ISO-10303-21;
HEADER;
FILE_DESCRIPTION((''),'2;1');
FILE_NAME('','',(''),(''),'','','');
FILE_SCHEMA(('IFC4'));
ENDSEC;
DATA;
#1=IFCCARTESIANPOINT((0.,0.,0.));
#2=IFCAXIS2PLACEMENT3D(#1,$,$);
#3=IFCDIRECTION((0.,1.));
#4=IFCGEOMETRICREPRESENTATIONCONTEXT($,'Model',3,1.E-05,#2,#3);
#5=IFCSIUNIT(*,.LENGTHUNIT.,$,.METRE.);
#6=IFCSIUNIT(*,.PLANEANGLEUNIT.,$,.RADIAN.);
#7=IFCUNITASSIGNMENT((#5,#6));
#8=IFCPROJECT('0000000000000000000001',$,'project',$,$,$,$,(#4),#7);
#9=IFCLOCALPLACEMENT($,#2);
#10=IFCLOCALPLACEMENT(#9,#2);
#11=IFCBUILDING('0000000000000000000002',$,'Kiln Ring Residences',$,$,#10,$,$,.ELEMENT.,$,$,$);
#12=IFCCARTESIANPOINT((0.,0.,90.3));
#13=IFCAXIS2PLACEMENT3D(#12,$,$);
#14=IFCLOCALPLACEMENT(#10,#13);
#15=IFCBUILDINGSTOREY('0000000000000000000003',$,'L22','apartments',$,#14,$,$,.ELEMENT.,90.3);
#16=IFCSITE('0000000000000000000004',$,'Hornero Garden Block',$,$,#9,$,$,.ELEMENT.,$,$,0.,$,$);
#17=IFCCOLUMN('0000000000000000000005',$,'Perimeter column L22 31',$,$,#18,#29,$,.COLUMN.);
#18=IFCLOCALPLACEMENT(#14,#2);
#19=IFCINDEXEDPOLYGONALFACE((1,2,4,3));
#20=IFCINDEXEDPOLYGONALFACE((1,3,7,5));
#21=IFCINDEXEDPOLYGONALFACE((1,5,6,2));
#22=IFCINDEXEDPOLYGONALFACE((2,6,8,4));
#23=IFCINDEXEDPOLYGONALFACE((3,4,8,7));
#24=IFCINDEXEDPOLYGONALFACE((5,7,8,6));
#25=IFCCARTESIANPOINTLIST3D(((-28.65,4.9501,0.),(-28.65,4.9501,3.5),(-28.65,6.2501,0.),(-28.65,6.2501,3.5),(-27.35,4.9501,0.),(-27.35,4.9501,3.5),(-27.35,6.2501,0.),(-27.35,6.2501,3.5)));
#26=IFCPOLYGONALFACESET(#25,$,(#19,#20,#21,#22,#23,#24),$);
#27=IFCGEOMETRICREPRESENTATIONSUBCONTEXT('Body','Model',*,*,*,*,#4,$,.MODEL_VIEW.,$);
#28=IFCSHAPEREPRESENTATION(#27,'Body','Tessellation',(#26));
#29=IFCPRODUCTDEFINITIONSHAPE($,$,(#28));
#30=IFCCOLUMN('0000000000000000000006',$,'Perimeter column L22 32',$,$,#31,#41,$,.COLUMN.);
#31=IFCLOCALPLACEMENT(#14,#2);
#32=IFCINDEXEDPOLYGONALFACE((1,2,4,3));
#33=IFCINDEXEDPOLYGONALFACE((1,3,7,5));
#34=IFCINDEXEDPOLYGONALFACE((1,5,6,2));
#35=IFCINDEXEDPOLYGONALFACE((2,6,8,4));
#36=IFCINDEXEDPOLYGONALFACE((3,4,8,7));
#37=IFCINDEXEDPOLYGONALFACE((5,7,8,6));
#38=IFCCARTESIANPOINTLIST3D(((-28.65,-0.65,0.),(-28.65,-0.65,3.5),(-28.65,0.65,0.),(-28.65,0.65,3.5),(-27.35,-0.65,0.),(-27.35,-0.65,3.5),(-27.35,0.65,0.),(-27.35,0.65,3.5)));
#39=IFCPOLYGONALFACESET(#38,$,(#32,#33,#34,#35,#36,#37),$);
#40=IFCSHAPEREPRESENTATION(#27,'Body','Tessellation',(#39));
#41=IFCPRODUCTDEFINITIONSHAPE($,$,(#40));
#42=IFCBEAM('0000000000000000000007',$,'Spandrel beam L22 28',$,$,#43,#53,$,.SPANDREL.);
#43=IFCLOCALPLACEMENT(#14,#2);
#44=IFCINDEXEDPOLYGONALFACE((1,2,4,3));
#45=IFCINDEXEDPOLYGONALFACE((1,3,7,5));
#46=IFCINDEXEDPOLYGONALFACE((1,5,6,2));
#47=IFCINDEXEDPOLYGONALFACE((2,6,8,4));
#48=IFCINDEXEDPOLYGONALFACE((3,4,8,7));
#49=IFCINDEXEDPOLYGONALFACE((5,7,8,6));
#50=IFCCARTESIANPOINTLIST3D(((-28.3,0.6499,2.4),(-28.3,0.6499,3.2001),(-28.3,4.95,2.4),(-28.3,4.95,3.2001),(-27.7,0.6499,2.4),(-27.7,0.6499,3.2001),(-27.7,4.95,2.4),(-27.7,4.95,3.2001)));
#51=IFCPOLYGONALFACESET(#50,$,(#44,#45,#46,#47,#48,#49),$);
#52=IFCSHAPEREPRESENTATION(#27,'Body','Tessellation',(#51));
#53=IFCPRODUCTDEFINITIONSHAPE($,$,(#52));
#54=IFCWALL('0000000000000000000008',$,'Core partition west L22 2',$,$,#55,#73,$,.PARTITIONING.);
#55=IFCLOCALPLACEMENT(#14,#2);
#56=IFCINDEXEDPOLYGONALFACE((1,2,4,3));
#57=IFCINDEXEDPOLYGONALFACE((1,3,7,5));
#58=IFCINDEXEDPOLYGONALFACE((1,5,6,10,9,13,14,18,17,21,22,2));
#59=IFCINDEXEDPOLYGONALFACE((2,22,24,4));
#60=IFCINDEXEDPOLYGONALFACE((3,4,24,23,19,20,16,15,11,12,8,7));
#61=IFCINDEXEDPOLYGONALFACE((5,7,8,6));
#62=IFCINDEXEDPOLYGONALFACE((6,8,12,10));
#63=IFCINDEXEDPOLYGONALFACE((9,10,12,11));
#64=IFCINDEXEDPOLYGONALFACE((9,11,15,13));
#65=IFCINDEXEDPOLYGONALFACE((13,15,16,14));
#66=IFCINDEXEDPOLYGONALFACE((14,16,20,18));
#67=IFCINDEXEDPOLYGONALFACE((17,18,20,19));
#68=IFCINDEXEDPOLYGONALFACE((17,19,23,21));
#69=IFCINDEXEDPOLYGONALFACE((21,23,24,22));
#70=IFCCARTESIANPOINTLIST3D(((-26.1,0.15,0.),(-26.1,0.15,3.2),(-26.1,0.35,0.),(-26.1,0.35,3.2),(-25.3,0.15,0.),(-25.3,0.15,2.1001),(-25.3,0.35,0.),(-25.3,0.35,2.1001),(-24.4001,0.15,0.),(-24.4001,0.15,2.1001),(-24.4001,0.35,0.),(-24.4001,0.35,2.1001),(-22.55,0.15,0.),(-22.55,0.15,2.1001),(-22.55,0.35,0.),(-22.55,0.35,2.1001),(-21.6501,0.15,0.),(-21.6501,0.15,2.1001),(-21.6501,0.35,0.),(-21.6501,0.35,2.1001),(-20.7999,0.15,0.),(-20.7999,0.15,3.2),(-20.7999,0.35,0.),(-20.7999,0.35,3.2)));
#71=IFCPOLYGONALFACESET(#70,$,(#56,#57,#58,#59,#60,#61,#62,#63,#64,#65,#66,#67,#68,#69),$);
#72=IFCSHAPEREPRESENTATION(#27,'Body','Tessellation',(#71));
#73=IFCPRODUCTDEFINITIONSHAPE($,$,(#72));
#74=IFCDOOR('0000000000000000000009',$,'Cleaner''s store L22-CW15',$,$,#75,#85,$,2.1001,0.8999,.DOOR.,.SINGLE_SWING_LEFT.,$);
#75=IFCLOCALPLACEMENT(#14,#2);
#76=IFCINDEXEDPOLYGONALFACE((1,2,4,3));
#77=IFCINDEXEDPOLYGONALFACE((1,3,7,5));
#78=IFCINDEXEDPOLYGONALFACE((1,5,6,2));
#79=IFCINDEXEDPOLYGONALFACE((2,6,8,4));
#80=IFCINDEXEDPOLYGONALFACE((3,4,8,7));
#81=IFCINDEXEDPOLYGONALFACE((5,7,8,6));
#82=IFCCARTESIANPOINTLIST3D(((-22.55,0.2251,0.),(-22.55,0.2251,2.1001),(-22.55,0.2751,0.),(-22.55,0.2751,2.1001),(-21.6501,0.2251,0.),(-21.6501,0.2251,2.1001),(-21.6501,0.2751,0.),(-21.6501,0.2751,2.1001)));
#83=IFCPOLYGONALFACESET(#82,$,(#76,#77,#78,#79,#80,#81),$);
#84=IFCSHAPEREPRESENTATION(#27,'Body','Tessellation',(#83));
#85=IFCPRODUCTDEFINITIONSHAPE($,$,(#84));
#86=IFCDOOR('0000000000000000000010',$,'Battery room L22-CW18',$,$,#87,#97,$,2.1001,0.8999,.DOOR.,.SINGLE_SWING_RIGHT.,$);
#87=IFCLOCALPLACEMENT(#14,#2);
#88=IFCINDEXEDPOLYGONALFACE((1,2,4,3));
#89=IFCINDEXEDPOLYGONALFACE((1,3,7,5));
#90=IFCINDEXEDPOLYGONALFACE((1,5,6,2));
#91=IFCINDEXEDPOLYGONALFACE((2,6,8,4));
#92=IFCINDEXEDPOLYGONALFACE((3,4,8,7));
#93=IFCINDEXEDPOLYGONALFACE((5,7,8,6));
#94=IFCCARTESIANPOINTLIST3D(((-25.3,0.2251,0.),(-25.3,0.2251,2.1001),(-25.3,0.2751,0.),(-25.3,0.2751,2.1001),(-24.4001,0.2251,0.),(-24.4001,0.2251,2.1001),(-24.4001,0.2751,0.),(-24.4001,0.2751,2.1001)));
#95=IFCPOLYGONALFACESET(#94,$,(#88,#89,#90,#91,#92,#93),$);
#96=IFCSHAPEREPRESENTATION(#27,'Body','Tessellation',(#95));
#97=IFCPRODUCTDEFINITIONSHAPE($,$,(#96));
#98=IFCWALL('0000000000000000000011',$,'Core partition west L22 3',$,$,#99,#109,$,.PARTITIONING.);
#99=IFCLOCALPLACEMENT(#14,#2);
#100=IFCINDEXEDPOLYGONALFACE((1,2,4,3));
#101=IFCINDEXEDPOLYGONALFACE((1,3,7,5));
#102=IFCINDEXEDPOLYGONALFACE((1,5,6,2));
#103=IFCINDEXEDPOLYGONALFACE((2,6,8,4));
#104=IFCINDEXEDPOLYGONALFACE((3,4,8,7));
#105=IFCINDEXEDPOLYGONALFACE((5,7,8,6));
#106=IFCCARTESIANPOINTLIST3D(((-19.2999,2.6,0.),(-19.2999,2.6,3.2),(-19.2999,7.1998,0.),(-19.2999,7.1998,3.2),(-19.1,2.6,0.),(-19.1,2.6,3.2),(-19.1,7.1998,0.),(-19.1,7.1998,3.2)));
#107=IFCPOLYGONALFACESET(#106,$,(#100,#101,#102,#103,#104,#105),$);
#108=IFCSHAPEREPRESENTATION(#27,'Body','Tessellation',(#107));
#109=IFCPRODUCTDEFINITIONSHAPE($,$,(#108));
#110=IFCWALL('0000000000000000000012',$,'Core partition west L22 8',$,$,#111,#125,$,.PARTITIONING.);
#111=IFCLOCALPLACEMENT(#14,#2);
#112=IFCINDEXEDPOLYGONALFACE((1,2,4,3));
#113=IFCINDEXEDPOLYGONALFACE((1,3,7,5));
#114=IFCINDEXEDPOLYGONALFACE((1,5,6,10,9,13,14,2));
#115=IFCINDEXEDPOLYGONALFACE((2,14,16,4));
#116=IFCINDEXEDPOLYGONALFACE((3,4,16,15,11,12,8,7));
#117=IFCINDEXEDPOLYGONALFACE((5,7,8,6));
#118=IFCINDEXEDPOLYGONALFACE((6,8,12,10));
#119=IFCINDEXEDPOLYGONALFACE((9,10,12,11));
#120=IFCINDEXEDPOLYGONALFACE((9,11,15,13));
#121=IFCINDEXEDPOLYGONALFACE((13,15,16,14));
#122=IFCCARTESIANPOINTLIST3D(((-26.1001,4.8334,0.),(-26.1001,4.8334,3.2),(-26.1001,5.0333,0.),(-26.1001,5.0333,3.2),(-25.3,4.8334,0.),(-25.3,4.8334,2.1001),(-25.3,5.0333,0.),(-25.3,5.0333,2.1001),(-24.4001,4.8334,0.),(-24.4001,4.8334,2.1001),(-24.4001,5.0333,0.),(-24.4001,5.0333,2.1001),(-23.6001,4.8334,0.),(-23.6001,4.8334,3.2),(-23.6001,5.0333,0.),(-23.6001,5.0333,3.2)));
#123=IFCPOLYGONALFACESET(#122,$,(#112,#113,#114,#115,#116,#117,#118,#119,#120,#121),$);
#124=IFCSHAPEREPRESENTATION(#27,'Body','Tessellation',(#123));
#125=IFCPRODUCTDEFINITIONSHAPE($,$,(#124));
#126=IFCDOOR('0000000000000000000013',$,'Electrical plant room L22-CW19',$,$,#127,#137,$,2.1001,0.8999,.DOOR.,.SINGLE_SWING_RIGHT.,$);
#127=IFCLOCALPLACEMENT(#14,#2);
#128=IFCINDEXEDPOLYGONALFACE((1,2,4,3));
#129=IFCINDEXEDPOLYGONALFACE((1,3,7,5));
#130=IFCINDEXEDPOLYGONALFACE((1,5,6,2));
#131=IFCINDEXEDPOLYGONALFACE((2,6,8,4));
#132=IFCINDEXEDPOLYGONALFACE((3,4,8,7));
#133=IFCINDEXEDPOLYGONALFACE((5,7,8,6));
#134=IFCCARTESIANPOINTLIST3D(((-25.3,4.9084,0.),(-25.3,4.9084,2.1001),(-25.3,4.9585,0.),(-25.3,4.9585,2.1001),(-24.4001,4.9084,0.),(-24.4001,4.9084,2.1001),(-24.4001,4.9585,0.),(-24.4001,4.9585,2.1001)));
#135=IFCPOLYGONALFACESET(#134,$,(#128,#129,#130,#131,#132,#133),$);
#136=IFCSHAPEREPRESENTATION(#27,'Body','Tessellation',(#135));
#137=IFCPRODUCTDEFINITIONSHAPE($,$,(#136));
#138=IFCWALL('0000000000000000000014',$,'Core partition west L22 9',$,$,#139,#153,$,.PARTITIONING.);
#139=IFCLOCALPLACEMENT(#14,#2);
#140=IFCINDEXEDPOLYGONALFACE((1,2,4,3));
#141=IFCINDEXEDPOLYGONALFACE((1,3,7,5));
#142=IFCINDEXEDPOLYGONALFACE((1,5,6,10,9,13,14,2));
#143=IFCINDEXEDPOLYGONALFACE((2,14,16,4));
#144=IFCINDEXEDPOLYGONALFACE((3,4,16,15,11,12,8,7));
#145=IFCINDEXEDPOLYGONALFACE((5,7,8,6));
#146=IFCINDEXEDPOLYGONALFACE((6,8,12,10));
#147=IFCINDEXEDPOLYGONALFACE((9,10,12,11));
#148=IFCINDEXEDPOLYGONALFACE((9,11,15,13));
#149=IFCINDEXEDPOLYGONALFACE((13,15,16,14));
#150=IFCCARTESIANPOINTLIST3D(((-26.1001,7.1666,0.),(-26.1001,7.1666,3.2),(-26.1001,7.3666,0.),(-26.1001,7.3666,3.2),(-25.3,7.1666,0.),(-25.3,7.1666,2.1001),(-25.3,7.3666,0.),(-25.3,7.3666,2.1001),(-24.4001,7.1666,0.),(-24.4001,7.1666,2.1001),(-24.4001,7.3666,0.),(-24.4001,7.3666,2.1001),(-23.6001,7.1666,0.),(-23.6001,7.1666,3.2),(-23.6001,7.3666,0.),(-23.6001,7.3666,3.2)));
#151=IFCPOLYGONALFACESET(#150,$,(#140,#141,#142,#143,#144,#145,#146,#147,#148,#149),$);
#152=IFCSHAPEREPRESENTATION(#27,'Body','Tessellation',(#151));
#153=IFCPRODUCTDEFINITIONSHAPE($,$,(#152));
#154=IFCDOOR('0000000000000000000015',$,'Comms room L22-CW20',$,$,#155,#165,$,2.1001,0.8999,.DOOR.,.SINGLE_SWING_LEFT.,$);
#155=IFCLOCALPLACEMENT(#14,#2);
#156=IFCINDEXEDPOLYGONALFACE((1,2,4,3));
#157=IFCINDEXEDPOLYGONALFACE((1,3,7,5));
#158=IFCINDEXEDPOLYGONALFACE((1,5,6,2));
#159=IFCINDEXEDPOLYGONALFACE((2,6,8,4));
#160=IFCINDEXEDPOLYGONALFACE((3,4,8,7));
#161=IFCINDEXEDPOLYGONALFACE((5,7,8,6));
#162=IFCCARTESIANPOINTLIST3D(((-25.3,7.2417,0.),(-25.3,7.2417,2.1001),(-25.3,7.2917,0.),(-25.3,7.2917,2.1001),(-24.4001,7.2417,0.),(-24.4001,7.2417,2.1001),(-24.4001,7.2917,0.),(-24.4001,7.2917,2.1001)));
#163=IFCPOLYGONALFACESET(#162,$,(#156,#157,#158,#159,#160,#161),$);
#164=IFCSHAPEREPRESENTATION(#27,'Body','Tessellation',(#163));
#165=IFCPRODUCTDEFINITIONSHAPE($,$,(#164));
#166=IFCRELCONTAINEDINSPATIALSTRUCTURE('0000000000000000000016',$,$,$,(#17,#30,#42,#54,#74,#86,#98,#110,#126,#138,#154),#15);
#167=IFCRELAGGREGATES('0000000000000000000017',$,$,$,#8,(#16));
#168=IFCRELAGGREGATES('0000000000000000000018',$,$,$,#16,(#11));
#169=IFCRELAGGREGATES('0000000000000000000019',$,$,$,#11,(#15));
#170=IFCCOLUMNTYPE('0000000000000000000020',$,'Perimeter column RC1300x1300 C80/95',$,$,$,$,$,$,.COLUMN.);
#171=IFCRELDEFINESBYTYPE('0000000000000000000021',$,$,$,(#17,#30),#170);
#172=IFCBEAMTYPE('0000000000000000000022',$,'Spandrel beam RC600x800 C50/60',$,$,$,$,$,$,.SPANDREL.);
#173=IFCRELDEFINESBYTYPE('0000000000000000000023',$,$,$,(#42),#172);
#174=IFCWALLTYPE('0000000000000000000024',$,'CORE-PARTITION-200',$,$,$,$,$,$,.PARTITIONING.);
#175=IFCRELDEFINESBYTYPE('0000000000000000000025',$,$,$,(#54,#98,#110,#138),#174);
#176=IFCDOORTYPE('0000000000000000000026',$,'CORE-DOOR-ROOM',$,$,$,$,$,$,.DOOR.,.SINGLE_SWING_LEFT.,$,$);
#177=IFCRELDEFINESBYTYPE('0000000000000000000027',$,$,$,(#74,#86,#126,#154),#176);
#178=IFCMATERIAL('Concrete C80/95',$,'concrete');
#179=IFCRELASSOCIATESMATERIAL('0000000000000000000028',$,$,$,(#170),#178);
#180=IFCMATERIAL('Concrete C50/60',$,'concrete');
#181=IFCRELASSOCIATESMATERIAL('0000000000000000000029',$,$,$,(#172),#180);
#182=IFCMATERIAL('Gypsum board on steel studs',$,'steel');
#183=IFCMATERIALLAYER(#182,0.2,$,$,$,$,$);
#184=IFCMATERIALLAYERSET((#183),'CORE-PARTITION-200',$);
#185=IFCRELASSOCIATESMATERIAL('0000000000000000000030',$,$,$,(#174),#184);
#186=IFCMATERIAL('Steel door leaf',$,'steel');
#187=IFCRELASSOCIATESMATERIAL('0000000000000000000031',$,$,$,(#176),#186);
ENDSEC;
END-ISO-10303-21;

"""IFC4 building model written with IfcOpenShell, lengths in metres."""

from ifc_helpers import new_model, si_unit, direction, frame, frame_2d, origin, origin_2d, place, context, subcontext, project, spatial, rectangle, extrude, material, layer, layer_set, material_profile, profile_set, type_object, element, fill, save


model = new_model("IFC4")

# Units and contexts
model_context = context("Model", 3, precision=1e-05, world=origin(), true_north=direction((0.0, 1.0)))
body_context = subcontext(model_context, "Body", "Model", "MODEL_VIEW")
ifc_project = project(units=[si_unit("LENGTHUNIT", "METRE"), si_unit("PLANEANGLEUNIT", "RADIAN")], contexts=[model_context])

# Site, building, storey
site_placement = place(None, origin())
site = spatial("IfcSite", under=ifc_project, at=site_placement, Name="Hornero Garden Block", CompositionType="ELEMENT", RefElevation=0.0)
building_placement = place(site_placement, origin())
building = spatial("IfcBuilding", under=site, at=building_placement, Name="Kiln Ring Residences", CompositionType="ELEMENT")
storey_placement = place(building_placement, frame((0.0, 0.0, 90.3)))
storey = spatial("IfcBuildingStorey", under=building, at=storey_placement, Name="L22", Description="apartments", CompositionType="ELEMENT", Elevation=90.3)

# Columns
ifc_material_1 = material(Name="Concrete C80/95", Category="concrete")
ifc_material_profile_1 = material_profile(ifc_material_1, rectangle(XDim=1.3, YDim=1.3, at=origin_2d()), Name="RC1300x1300")
ifc_profile_set_1 = profile_set([ifc_material_profile_1], Name="Concrete C80/95")
column_type = type_object("IfcColumnType", Name="Perimeter column RC1300x1300 C80/95", PredefinedType="COLUMN", material=ifc_profile_set_1)
for number, where, z_axis, x_axis, name in (
    (1, (-28.0, 5.6001, 0.0), (0.0, 0.0, 1.0), (1.0, 0.0, 0.0), "Perimeter column L22 31"),
    (2, (-28.0, 0.0, 0.0), (0.0, 0.0, 1.0), (1.0, 0.0, 0.0), "Perimeter column L22 32"),
):
    element("IfcColumn", number, at=place(storey_placement, frame(where, z_axis=z_axis, x_axis=x_axis)), inside=storey, type_object=column_type, Name=name, PredefinedType="COLUMN", context=body_context, shape_type="SweptSolid", body=[
        extrude(rectangle(XDim=1.3, YDim=1.3, at=origin_2d()), origin(), (0.0, 0.0, 1.0), 3.5),
    ])

# Beam
ifc_material_2 = material(Name="Concrete C50/60", Category="concrete")
ifc_material_profile_2 = material_profile(ifc_material_2, rectangle(XDim=0.6001, YDim=0.8, at=origin_2d()), Name="RC600x800")
ifc_profile_set_2 = profile_set([ifc_material_profile_2], Name="Concrete C50/60")
beam_type = type_object("IfcBeamType", Name="Spandrel beam RC600x800 C50/60", PredefinedType="SPANDREL", material=ifc_profile_set_2)
beam_placement = place(storey_placement, frame((-28.0, 4.95, 2.8), z_axis=(0.0, -1.0, 0.0), x_axis=(1.0, 0.0, 0.0)))
element("IfcBeam", 3, at=beam_placement, inside=storey, type_object=beam_type, Name="Spandrel beam L22 28", PredefinedType="SPANDREL", context=body_context, shape_type="SweptSolid", body=[
    extrude(rectangle(XDim=0.6001, YDim=0.8, at=origin_2d()), origin(), (0.0, 0.0, 1.0), 4.3),
])

# Wall, openings, doors
ifc_material_3 = material(Name="Gypsum board on steel studs", Category="steel")
ifc_layer_1 = layer(ifc_material_3, 0.2)
ifc_layer_set_1 = layer_set([ifc_layer_1], Name="CORE-PARTITION-200")
wall_type_1 = type_object("IfcWallType", Name="CORE-PARTITION-200", PredefinedType="PARTITIONING", material=ifc_layer_set_1)
wall_1_placement = place(storey_placement, frame((-20.8, 0.25, 0.0), z_axis=(0.0, 0.0, 1.0), x_axis=(-1.0, 0.0, 0.0)))
wall_1 = element("IfcWall", 4, at=wall_1_placement, inside=storey, type_object=wall_type_1, Name="Core partition west L22 2", PredefinedType="PARTITIONING", context=body_context, shape_type="SweptSolid", body=[
    extrude(rectangle(XDim=5.3, YDim=0.2, at=frame_2d((2.6499, 0.0))), origin(), (0.0, 0.0, 1.0), 3.2),
])
opening_1_placement = place(wall_1_placement, frame((0.8501, 0.0, 0.0)))
opening_1 = element("IfcOpeningElement", 5, at=opening_1_placement, cuts=wall_1, PredefinedType="OPENING", context=body_context, shape_type="SweptSolid", body=[
    extrude(rectangle(XDim=0.8999, YDim=2.1001, at=frame_2d((0.45, 1.05))), frame((0.0, 0.1099, 0.0), z_axis=(0.0, -1.0, 0.0), x_axis=(1.0, 0.0, 0.0)), (0.0, 0.0, 1.0), 0.22),
])
opening_2_placement = place(wall_1_placement, frame((3.6001, 0.0, 0.0)))
opening_2 = element("IfcOpeningElement", 6, at=opening_2_placement, cuts=wall_1, PredefinedType="OPENING", context=body_context, shape_type="SweptSolid", body=[
    extrude(rectangle(XDim=0.8999, YDim=2.1001, at=frame_2d((0.45, 1.05))), frame((0.0, 0.1099, 0.0), z_axis=(0.0, -1.0, 0.0), x_axis=(1.0, 0.0, 0.0)), (0.0, 0.0, 1.0), 0.22),
])
ifc_material_4 = material(Name="Steel door leaf", Category="steel")
door_type = type_object("IfcDoorType", Name="CORE-DOOR-ROOM", OperationType="SINGLE_SWING_LEFT", PredefinedType="DOOR", material=ifc_material_4)
door_1_placement = place(opening_1_placement, origin())
door_1 = element("IfcDoor", 7, at=door_1_placement, inside=storey, type_object=door_type, Name="Cleaner's store L22-CW15", OperationType="SINGLE_SWING_LEFT", OverallHeight=2.1001, OverallWidth=0.8999, PredefinedType="DOOR", context=body_context, shape_type="SweptSolid", body=[
    extrude(rectangle(XDim=0.8999, YDim=2.1001, at=frame_2d((0.45, 1.05))), frame((0.0, 0.0249, 0.0), z_axis=(0.0, -1.0, 0.0), x_axis=(1.0, 0.0, 0.0)), (0.0, 0.0, 1.0), 0.05),
])
fill(opening_1, door_1)
door_2_placement = place(opening_2_placement, origin())
door_2 = element("IfcDoor", 8, at=door_2_placement, inside=storey, type_object=door_type, Name="Battery room L22-CW18", OperationType="SINGLE_SWING_RIGHT", OverallHeight=2.1001, OverallWidth=0.8999, PredefinedType="DOOR", context=body_context, shape_type="SweptSolid", body=[
    extrude(rectangle(XDim=0.8999, YDim=2.1001, at=frame_2d((0.45, 1.05))), frame((0.0, 0.0249, 0.0), z_axis=(0.0, -1.0, 0.0), x_axis=(1.0, 0.0, 0.0)), (0.0, 0.0, 1.0), 0.05),
])
fill(opening_2, door_2)

# Wall
wall_2_placement = place(storey_placement, frame((-19.2, 2.6001, 0.0), z_axis=(0.0, 0.0, 1.0), x_axis=(0.0, 1.0, 0.0)))
element("IfcWall", 9, at=wall_2_placement, inside=storey, type_object=wall_type_1, Name="Core partition west L22 3", PredefinedType="PARTITIONING", context=body_context, shape_type="SweptSolid", body=[
    extrude(rectangle(XDim=4.5999, YDim=0.2, at=frame_2d((2.2998, 0.0))), origin(), (0.0, 0.0, 1.0), 3.2),
])

# Walls, openings, doors
wall_3_placement = place(storey_placement, frame((-23.6001, 4.9333, 0.0), z_axis=(0.0, 0.0, 1.0), x_axis=(-1.0, 0.0, 0.0)))
wall_3 = element("IfcWall", 10, at=wall_3_placement, inside=storey, type_object=wall_type_1, Name="Core partition west L22 8", PredefinedType="PARTITIONING", context=body_context, shape_type="SweptSolid", body=[
    extrude(rectangle(XDim=2.5, YDim=0.2, at=frame_2d((1.25, 0.0))), origin(), (0.0, 0.0, 1.0), 3.2),
])
opening_3_placement = place(wall_3_placement, frame((0.8, 0.0, 0.0)))
opening_3 = element("IfcOpeningElement", 11, at=opening_3_placement, cuts=wall_3, PredefinedType="OPENING", context=body_context, shape_type="SweptSolid", body=[
    extrude(rectangle(XDim=0.8999, YDim=2.1001, at=frame_2d((0.45, 1.05))), frame((0.0, 0.1099, 0.0), z_axis=(0.0, -1.0, 0.0), x_axis=(1.0, 0.0, 0.0)), (0.0, 0.0, 1.0), 0.22),
])
door_3_placement = place(opening_3_placement, origin())
door_3 = element("IfcDoor", 12, at=door_3_placement, inside=storey, type_object=door_type, Name="Electrical plant room L22-CW19", OperationType="SINGLE_SWING_RIGHT", OverallHeight=2.1001, OverallWidth=0.8999, PredefinedType="DOOR", context=body_context, shape_type="SweptSolid", body=[
    extrude(rectangle(XDim=0.8999, YDim=2.1001, at=frame_2d((0.45, 1.05))), frame((0.0, 0.0249, 0.0), z_axis=(0.0, -1.0, 0.0), x_axis=(1.0, 0.0, 0.0)), (0.0, 0.0, 1.0), 0.05),
])
fill(opening_3, door_3)
wall_4_placement = place(storey_placement, frame((-23.6001, 7.2666, 0.0), z_axis=(0.0, 0.0, 1.0), x_axis=(-1.0, 0.0, 0.0)))
wall_4 = element("IfcWall", 13, at=wall_4_placement, inside=storey, type_object=wall_type_1, Name="Core partition west L22 9", PredefinedType="PARTITIONING", context=body_context, shape_type="SweptSolid", body=[
    extrude(rectangle(XDim=2.5, YDim=0.2, at=frame_2d((1.25, 0.0))), origin(), (0.0, 0.0, 1.0), 3.2),
])
opening_4_placement = place(wall_4_placement, frame((0.8, 0.0, 0.0)))
opening_4 = element("IfcOpeningElement", 14, at=opening_4_placement, cuts=wall_4, PredefinedType="OPENING", context=body_context, shape_type="SweptSolid", body=[
    extrude(rectangle(XDim=0.8999, YDim=2.1001, at=frame_2d((0.45, 1.05))), frame((0.0, 0.1099, 0.0), z_axis=(0.0, -1.0, 0.0), x_axis=(1.0, 0.0, 0.0)), (0.0, 0.0, 1.0), 0.22),
])
door_4_placement = place(opening_4_placement, origin())
door_4 = element("IfcDoor", 15, at=door_4_placement, inside=storey, type_object=door_type, Name="Comms room L22-CW20", OperationType="SINGLE_SWING_LEFT", OverallHeight=2.1001, OverallWidth=0.8999, PredefinedType="DOOR", context=body_context, shape_type="SweptSolid", body=[
    extrude(rectangle(XDim=0.8999, YDim=2.1001, at=frame_2d((0.45, 1.05))), frame((0.0, 0.0249, 0.0), z_axis=(0.0, -1.0, 0.0), x_axis=(1.0, 0.0, 0.0)), (0.0, 0.0, 1.0), 0.05),
])
fill(opening_4, door_4)

save(model, "model.ifc")
